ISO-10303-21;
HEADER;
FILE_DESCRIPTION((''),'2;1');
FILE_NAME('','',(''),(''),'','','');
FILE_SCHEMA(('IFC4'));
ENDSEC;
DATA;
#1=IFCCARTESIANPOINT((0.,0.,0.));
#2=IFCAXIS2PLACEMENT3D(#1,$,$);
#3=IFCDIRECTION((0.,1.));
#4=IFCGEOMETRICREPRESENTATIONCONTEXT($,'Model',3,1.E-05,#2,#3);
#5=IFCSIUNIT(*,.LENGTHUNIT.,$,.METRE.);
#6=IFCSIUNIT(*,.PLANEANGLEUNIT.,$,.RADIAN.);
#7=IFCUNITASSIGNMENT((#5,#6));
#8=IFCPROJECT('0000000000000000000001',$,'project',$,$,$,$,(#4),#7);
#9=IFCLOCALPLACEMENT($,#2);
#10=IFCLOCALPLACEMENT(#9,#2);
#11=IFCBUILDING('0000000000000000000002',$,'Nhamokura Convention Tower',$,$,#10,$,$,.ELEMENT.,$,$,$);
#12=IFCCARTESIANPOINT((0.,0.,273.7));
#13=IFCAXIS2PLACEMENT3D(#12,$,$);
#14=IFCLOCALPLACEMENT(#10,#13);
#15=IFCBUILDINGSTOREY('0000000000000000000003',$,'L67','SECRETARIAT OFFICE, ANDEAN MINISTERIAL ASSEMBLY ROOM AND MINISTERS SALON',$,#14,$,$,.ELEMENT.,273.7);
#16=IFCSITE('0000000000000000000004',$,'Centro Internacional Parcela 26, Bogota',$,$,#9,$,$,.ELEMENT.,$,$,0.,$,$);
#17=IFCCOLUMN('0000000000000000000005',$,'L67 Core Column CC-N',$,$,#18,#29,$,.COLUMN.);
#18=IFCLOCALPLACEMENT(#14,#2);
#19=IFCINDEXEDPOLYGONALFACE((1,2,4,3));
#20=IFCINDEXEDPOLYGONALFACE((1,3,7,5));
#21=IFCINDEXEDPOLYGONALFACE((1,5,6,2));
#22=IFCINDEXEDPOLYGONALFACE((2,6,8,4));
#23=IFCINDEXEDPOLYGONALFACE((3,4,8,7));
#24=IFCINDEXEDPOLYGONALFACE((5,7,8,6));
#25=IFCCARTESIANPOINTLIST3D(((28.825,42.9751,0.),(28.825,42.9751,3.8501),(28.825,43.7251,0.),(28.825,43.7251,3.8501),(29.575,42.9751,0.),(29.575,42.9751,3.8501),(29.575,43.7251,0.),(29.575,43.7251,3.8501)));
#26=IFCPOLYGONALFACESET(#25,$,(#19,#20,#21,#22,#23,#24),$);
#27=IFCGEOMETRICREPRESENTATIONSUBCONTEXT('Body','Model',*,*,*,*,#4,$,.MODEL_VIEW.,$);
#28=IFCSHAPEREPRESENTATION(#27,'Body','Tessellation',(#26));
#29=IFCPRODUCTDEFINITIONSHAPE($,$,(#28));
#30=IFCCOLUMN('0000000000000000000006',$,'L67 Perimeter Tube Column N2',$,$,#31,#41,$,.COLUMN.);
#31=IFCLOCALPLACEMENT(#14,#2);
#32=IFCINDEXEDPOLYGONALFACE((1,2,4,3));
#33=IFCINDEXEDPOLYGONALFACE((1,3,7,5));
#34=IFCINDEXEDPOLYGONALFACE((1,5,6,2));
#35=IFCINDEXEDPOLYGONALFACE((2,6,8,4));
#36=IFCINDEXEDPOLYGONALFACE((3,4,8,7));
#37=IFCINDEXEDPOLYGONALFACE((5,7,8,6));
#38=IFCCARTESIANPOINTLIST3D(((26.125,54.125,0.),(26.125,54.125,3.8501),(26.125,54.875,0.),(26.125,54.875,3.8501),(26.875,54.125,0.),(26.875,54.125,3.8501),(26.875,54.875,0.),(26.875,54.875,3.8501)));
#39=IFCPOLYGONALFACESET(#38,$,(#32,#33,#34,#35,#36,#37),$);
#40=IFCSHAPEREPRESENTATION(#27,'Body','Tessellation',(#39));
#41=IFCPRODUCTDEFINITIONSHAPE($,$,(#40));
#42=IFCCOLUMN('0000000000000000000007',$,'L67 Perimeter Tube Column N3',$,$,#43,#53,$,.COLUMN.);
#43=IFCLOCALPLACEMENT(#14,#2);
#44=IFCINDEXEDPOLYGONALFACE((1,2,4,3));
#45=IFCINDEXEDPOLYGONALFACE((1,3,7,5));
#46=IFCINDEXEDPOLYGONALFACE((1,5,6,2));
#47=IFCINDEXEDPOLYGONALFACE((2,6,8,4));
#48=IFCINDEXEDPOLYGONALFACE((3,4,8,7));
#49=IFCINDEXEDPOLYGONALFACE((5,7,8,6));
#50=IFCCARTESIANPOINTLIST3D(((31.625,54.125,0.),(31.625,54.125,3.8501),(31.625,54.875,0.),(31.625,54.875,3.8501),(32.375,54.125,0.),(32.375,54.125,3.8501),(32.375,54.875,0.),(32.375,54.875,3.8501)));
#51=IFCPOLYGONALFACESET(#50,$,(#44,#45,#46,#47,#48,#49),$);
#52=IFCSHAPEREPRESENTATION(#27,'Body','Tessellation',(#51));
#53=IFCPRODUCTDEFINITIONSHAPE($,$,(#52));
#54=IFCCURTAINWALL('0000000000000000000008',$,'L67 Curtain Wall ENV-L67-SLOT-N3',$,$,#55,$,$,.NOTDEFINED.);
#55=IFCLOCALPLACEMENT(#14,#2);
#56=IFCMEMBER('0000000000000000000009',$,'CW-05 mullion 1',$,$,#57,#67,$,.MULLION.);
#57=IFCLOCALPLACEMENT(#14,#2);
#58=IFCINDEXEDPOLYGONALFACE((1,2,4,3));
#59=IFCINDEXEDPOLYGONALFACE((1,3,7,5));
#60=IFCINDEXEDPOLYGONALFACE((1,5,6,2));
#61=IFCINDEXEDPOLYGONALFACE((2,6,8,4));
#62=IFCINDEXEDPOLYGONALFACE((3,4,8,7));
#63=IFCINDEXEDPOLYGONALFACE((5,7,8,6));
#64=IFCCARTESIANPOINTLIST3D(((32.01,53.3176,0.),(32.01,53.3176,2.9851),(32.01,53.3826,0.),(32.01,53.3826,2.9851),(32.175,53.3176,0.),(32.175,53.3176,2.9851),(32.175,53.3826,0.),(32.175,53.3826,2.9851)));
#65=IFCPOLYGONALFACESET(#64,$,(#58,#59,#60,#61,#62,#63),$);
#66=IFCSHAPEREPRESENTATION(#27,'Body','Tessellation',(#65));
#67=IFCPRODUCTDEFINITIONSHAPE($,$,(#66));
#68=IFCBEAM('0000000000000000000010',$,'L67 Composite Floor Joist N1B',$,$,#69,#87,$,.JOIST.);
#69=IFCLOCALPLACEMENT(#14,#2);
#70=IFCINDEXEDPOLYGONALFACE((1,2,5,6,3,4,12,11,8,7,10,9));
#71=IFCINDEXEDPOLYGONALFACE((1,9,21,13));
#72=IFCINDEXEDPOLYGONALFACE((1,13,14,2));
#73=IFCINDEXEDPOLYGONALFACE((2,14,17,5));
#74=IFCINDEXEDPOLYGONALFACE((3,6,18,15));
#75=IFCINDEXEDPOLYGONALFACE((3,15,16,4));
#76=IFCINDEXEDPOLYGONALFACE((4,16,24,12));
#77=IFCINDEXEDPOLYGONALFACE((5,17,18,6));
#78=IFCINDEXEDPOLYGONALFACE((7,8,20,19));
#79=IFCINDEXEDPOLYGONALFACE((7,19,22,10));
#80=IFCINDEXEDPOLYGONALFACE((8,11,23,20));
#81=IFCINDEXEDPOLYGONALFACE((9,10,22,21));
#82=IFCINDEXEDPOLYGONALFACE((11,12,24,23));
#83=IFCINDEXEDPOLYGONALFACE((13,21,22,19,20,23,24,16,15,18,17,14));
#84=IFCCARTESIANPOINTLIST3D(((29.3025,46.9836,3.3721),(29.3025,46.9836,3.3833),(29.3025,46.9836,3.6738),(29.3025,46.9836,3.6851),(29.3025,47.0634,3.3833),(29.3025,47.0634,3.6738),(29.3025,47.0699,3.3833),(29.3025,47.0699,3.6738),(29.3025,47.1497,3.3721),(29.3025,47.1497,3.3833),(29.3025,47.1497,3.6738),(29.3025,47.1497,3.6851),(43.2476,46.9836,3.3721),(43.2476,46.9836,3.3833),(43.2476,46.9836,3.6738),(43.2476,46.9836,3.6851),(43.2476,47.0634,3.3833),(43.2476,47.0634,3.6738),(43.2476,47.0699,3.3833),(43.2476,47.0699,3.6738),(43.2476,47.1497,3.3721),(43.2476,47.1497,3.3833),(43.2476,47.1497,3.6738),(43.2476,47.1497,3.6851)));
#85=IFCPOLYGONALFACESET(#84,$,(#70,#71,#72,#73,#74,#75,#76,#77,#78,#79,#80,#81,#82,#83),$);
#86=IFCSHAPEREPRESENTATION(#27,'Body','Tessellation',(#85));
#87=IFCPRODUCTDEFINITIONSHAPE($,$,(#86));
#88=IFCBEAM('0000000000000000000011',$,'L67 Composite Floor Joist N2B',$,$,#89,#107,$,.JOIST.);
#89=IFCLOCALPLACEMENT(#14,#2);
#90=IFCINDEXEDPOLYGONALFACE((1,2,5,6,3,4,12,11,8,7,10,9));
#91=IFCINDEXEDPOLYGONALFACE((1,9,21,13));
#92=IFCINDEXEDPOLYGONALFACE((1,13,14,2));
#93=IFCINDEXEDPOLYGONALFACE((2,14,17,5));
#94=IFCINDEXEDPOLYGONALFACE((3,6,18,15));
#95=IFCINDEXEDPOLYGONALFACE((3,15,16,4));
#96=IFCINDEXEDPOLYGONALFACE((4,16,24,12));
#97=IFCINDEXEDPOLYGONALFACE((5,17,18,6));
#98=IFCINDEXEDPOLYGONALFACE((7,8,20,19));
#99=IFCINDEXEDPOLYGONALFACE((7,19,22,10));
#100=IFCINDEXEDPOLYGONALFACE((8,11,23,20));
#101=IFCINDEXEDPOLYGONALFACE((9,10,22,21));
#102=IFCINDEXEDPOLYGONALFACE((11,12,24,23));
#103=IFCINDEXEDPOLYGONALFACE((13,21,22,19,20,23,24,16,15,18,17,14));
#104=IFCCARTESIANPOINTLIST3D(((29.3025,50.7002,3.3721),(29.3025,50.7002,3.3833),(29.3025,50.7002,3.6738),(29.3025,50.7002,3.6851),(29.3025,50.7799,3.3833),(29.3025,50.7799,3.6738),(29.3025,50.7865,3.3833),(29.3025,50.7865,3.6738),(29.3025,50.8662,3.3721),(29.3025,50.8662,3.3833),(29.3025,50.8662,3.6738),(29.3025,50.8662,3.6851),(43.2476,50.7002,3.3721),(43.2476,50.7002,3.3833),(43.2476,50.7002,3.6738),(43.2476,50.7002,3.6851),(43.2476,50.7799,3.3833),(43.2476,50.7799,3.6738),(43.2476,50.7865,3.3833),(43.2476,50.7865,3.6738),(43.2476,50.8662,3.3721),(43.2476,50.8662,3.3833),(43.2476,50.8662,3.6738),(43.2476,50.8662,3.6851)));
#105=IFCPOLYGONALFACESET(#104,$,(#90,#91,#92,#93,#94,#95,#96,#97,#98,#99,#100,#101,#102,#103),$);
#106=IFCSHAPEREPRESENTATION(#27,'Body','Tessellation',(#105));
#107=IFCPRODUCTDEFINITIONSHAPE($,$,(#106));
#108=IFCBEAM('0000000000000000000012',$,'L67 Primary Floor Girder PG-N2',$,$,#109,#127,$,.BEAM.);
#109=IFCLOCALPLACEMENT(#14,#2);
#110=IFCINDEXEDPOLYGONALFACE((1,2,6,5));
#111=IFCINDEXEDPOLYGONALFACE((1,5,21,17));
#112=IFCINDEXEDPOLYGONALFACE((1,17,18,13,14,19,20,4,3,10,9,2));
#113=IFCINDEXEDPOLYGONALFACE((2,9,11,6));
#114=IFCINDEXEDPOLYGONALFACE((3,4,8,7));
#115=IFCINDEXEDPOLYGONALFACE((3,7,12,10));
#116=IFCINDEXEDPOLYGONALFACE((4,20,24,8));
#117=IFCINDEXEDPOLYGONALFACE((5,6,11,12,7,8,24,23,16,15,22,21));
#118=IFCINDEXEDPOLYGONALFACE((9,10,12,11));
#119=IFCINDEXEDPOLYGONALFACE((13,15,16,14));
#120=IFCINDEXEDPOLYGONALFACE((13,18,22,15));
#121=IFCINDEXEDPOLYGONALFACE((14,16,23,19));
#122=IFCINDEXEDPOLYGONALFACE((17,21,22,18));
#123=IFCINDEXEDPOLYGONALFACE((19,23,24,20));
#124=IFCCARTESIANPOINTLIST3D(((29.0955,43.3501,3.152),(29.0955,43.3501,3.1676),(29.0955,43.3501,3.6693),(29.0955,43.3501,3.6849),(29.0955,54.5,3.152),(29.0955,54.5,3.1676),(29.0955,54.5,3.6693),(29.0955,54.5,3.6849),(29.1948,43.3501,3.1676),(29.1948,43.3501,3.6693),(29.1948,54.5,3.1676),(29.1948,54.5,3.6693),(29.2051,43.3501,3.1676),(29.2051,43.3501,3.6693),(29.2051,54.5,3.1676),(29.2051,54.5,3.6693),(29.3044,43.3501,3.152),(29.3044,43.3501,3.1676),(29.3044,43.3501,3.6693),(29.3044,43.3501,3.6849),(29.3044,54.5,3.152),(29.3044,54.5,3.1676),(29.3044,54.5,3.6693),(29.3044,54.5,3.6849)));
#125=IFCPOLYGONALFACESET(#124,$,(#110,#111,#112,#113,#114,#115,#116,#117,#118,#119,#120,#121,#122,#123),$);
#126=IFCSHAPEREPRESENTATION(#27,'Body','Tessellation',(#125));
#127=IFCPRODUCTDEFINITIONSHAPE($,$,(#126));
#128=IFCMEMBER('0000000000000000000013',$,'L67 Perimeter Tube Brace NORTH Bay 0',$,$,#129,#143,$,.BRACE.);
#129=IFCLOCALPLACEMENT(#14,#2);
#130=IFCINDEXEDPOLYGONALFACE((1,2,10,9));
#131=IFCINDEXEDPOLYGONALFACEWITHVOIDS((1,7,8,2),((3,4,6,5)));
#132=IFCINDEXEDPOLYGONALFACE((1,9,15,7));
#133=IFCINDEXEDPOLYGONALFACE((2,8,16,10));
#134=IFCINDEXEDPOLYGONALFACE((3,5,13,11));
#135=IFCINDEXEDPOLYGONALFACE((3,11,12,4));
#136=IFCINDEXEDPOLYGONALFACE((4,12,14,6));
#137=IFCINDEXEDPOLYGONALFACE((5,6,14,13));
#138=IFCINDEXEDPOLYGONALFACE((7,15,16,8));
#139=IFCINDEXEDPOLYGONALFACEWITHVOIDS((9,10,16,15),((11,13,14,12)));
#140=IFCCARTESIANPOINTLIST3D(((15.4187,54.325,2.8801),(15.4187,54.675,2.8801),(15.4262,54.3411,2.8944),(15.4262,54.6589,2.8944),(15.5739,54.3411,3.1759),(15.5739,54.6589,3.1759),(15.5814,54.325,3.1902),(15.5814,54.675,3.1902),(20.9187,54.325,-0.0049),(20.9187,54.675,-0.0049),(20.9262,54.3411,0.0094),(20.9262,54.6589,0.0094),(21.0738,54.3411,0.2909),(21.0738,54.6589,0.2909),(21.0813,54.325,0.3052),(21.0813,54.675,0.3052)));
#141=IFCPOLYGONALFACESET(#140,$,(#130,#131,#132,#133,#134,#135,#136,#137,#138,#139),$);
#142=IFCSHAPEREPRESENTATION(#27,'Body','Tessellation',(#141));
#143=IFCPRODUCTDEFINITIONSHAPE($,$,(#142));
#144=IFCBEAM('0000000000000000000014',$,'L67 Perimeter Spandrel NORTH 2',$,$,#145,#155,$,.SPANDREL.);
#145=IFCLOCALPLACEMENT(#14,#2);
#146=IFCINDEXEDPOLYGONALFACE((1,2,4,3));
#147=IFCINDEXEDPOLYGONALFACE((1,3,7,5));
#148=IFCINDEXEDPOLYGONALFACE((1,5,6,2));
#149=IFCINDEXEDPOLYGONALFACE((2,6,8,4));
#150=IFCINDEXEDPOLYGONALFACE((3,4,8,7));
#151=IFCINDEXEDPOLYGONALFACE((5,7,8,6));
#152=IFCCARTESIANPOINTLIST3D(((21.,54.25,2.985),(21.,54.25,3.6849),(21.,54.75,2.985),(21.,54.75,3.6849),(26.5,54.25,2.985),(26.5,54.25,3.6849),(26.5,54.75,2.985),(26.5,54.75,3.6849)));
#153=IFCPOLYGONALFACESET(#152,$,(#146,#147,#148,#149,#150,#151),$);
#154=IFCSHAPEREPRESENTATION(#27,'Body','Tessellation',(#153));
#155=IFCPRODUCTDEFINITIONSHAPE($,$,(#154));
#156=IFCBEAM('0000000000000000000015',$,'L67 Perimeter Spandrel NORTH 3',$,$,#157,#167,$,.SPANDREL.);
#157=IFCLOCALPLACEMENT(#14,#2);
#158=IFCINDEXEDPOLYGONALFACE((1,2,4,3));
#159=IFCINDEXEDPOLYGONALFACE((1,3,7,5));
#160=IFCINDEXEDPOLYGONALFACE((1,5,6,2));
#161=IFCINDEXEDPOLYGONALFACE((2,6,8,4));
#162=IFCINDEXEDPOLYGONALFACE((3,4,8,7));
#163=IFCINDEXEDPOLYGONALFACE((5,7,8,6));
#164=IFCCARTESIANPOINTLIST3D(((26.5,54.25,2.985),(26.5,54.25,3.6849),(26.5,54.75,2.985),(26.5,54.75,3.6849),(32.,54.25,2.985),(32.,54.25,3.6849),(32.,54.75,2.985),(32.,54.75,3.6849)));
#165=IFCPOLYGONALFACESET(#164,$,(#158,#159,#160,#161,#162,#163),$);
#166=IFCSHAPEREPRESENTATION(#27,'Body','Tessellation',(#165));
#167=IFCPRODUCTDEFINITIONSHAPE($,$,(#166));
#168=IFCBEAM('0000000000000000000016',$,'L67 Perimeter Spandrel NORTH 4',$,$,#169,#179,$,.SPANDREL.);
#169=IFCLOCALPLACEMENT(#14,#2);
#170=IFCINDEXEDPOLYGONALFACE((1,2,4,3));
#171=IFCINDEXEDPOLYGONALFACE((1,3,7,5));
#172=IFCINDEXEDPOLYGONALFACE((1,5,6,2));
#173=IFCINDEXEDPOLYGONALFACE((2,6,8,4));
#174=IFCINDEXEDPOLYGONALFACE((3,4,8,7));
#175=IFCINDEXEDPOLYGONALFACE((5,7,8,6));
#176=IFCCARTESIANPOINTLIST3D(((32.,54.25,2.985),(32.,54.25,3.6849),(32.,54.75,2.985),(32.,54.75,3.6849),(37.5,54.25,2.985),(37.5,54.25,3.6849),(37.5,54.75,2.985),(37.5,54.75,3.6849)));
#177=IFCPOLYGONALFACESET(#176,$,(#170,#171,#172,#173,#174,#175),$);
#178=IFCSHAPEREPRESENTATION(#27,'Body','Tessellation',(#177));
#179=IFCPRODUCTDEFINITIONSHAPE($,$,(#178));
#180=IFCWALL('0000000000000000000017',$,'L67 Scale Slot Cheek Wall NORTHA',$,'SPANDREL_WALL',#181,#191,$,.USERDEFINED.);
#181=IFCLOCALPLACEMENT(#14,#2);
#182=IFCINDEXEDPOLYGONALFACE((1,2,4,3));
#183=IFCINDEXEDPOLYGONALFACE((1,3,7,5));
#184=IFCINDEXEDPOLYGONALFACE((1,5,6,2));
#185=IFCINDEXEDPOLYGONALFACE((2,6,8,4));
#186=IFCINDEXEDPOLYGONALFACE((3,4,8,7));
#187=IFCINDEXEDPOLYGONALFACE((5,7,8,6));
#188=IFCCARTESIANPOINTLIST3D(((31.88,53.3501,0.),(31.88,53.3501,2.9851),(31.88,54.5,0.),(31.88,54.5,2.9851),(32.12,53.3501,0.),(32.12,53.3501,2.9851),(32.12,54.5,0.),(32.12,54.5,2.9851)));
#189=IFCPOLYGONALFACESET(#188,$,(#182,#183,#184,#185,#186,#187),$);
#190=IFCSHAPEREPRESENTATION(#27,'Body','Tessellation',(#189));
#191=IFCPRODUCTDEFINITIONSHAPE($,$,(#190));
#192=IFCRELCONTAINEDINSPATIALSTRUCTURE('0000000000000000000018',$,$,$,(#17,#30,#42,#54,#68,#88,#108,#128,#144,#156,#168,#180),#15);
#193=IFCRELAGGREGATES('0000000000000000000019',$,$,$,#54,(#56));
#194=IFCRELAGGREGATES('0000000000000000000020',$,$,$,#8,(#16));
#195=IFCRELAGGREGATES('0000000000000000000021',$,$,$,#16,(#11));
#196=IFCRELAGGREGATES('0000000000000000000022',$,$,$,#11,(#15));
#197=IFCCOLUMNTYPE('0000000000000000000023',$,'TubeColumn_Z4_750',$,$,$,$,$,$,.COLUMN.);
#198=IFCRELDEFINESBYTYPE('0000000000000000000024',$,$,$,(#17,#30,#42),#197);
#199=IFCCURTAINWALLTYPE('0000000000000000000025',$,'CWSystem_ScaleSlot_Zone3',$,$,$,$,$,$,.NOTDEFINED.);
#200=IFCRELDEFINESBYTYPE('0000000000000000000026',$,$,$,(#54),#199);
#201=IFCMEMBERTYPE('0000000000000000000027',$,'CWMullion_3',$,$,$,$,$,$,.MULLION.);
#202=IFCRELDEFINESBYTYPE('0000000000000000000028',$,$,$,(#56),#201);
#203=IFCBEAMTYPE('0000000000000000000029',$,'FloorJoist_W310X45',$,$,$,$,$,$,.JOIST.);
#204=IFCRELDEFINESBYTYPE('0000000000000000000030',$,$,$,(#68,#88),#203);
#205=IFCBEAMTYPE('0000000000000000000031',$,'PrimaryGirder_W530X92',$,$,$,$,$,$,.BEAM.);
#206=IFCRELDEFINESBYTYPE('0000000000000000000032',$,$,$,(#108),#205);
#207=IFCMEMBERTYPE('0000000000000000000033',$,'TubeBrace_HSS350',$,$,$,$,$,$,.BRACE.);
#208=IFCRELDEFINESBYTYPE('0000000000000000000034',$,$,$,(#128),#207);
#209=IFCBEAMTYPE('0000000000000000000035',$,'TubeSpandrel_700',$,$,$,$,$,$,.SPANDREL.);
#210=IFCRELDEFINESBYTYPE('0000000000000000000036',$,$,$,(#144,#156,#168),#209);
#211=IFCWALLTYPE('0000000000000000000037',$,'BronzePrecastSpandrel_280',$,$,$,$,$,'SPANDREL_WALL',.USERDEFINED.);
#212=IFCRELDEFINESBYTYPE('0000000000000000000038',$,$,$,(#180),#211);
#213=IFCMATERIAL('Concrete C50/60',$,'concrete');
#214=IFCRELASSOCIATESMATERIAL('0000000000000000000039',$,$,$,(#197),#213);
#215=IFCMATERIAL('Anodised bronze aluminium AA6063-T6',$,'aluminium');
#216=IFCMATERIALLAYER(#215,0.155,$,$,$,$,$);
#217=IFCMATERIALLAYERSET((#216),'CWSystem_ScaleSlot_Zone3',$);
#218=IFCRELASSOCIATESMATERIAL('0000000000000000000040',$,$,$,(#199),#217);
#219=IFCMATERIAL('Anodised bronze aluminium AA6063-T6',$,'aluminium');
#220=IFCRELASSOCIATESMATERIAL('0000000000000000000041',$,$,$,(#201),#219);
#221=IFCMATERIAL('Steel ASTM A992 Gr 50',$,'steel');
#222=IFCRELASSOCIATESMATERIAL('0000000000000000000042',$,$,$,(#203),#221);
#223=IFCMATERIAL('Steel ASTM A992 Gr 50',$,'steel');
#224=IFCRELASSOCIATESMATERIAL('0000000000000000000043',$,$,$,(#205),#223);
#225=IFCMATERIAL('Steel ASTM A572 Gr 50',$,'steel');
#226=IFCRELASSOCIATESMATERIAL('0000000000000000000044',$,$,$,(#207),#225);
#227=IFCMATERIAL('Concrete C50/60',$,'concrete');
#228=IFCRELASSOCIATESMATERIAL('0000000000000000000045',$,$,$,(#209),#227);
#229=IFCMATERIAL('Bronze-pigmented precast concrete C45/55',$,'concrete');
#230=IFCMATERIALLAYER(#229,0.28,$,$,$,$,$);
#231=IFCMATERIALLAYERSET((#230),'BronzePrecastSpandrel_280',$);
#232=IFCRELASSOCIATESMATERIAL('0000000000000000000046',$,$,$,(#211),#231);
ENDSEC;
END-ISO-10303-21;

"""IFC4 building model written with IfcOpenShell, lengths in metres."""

from ifc_helpers import new_model, si_unit, direction, frame, frame_2d, origin, origin_2d, place, context, subcontext, project, spatial, rectangle, hollow_rectangle, i_section, extrude, material, layer, layer_set, material_profile, profile_set, type_object, element, aggregate, save


model = new_model("IFC4")

# Units and contexts
model_context = context("Model", 3, precision=1e-05, world=origin(), true_north=direction((0.0, 1.0)))
body_context = subcontext(model_context, "Body", "Model", "MODEL_VIEW")
ifc_project = project(units=[si_unit("LENGTHUNIT", "METRE"), si_unit("PLANEANGLEUNIT", "RADIAN")], contexts=[model_context])

# Site, building, storey
site_placement = place(None, origin())
site = spatial("IfcSite", under=ifc_project, at=site_placement, Name="Centro Internacional Parcela 26, Bogota", CompositionType="ELEMENT", RefElevation=0.0)
building_placement = place(site_placement, origin())
building = spatial("IfcBuilding", under=site, at=building_placement, Name="Nhamokura Convention Tower", CompositionType="ELEMENT")
storey_placement = place(building_placement, frame((0.0, 0.0, 273.7)))
storey = spatial("IfcBuildingStorey", under=building, at=storey_placement, Name="L67", Description="SECRETARIAT OFFICE, ANDEAN MINISTERIAL ASSEMBLY ROOM AND MINISTERS SALON", CompositionType="ELEMENT", Elevation=273.7)

# Columns
ifc_material_1 = material(Name="Concrete C50/60", Category="concrete")
ifc_material_profile_1 = material_profile(ifc_material_1, rectangle(XDim=0.75, YDim=0.75, at=origin_2d()))
ifc_profile_set_1 = profile_set([ifc_material_profile_1], Name="Concrete C50/60")
column_type = type_object("IfcColumnType", Name="TubeColumn_Z4_750", PredefinedType="COLUMN", material=ifc_profile_set_1)
for number, where, z_axis, x_axis, name in (
    (1, (29.2, 43.3501, 0.0), (0.0, 0.0, 1.0), (1.0, 0.0, 0.0), "L67 Core Column CC-N"),
    (2, (26.5, 54.5, 0.0), (0.0, 0.0, 1.0), (1.0, 0.0, 0.0), "L67 Perimeter Tube Column N2"),
    (3, (32.0, 54.5, 0.0), (0.0, 0.0, 1.0), (1.0, 0.0, 0.0), "L67 Perimeter Tube Column N3"),
):
    element("IfcColumn", number, at=place(storey_placement, frame(where, z_axis=z_axis, x_axis=x_axis)), inside=storey, type_object=column_type, Name=name, PredefinedType="COLUMN", context=body_context, shape_type="SweptSolid", body=[
        extrude(rectangle(XDim=0.75, YDim=0.75, at=origin_2d()), origin(), (0.0, 0.0, 1.0), 3.8501),
    ])

# Curtain wall, member
ifc_material_2 = material(Name="Anodised bronze aluminium AA6063-T6", Category="aluminium")
ifc_layer_1 = layer(ifc_material_2, 0.155)
ifc_layer_set_1 = layer_set([ifc_layer_1], Name="CWSystem_ScaleSlot_Zone3")
curtain_wall_type = type_object("IfcCurtainWallType", Name="CWSystem_ScaleSlot_Zone3", PredefinedType="NOTDEFINED", material=ifc_layer_set_1)
curtain_wall_placement = place(storey_placement, origin())
curtain_wall = element("IfcCurtainWall", 4, at=curtain_wall_placement, inside=storey, type_object=curtain_wall_type, Name="L67 Curtain Wall ENV-L67-SLOT-N3", PredefinedType="NOTDEFINED")
ifc_material_3 = material(Name="Anodised bronze aluminium AA6063-T6", Category="aluminium")
ifc_material_profile_2 = material_profile(ifc_material_3, rectangle(XDim=0.0649, YDim=0.165, at=origin_2d()))
ifc_profile_set_2 = profile_set([ifc_material_profile_2], Name="Anodised bronze aluminium AA6063-T6")
member_type_1 = type_object("IfcMemberType", Name="CWMullion_3", PredefinedType="MULLION", material=ifc_profile_set_2)
member_1_placement = place(storey_placement, frame((32.0925, 53.3501, 0.0), z_axis=(0.0, 0.0, 1.0), x_axis=(0.0, 1.0, 0.0)))
member_1 = element("IfcMember", 5, at=member_1_placement, type_object=member_type_1, Name="CW-05 mullion 1", PredefinedType="MULLION", context=body_context, shape_type="SweptSolid", body=[
    extrude(rectangle(XDim=0.0649, YDim=0.165, at=origin_2d()), origin(), (0.0, 0.0, 1.0), 2.9851),
])
aggregate(curtain_wall, [member_1])

# Beams
ifc_material_4 = material(Name="Steel ASTM A992 Gr 50", Category="steel")
ifc_material_profile_3 = material_profile(ifc_material_4, i_section(OverallWidth=0.166, OverallDepth=0.313, WebThickness=0.0066, FlangeThickness=0.0112, at=origin_2d()))
ifc_profile_set_3 = profile_set([ifc_material_profile_3], Name="Steel ASTM A992 Gr 50")
beam_type_1 = type_object("IfcBeamType", Name="FloorJoist_W310X45", PredefinedType="JOIST", material=ifc_profile_set_3)
for number, where, z_axis, x_axis, name in (
    (6, (29.3025, 47.0667, 3.5286), (1.0, 0.0, 0.0), (0.0, 1.0, 0.0), "L67 Composite Floor Joist N1B"),
    (7, (29.3025, 50.7832, 3.5286), (1.0, 0.0, 0.0), (0.0, 1.0, 0.0), "L67 Composite Floor Joist N2B"),
):
    element("IfcBeam", number, at=place(storey_placement, frame(where, z_axis=z_axis, x_axis=x_axis)), inside=storey, type_object=beam_type_1, Name=name, PredefinedType="JOIST", context=body_context, shape_type="SweptSolid", body=[
        extrude(i_section(OverallWidth=0.166, OverallDepth=0.313, WebThickness=0.0066, FlangeThickness=0.0112, at=origin_2d()), origin(), (0.0, 0.0, 1.0), 13.9451),
    ])
ifc_material_5 = material(Name="Steel ASTM A992 Gr 50", Category="steel")
ifc_material_profile_4 = material_profile(ifc_material_5, i_section(OverallWidth=0.209, OverallDepth=0.533, WebThickness=0.0103, FlangeThickness=0.0156, at=origin_2d()))
ifc_profile_set_4 = profile_set([ifc_material_profile_4], Name="Steel ASTM A992 Gr 50")
beam_type_2 = type_object("IfcBeamType", Name="PrimaryGirder_W530X92", PredefinedType="BEAM", material=ifc_profile_set_4)
beam_placement = place(storey_placement, frame((29.2, 43.3501, 3.4185), z_axis=(0.0, 1.0, 0.0), x_axis=(-1.0, 0.0, 0.0)))
element("IfcBeam", 8, at=beam_placement, inside=storey, type_object=beam_type_2, Name="L67 Primary Floor Girder PG-N2", PredefinedType="BEAM", context=body_context, shape_type="SweptSolid", body=[
    extrude(i_section(OverallWidth=0.209, OverallDepth=0.533, WebThickness=0.0103, FlangeThickness=0.0156, at=origin_2d()), origin(), (0.0, 0.0, 1.0), 11.1499),
])

# Member
ifc_material_6 = material(Name="Steel ASTM A572 Gr 50", Category="steel")
ifc_material_profile_5 = material_profile(ifc_material_6, hollow_rectangle(XDim=0.3501, YDim=0.3501, WallThickness=0.0161, at=origin_2d()))
ifc_profile_set_5 = profile_set([ifc_material_profile_5], Name="Steel ASTM A572 Gr 50")
member_type_2 = type_object("IfcMemberType", Name="TubeBrace_HSS350", PredefinedType="BRACE", material=ifc_profile_set_5)
member_2_placement = place(storey_placement, frame((21.0, 54.5, 0.1501), z_axis=(-0.885563, 0.0, 0.46452), x_axis=(0.0, -1.0, 0.0)))
element("IfcMember", 9, at=member_2_placement, inside=storey, type_object=member_type_2, Name="L67 Perimeter Tube Brace NORTH Bay 0", PredefinedType="BRACE", context=body_context, shape_type="SweptSolid", body=[
    extrude(hollow_rectangle(XDim=0.3501, YDim=0.3501, WallThickness=0.0161, at=origin_2d()), origin(), (0.0, 0.0, 1.0), 6.2107),
])

# Beams
ifc_material_7 = material(Name="Concrete C50/60", Category="concrete")
ifc_material_profile_6 = material_profile(ifc_material_7, rectangle(XDim=0.5, YDim=0.7, at=origin_2d()))
ifc_profile_set_6 = profile_set([ifc_material_profile_6], Name="Concrete C50/60")
beam_type_3 = type_object("IfcBeamType", Name="TubeSpandrel_700", PredefinedType="SPANDREL", material=ifc_profile_set_6)
for number, where, z_axis, x_axis, name in (
    (10, (21.0, 54.5, 3.335), (1.0, 0.0, 0.0), (0.0, 1.0, 0.0), "L67 Perimeter Spandrel NORTH 2"),
    (11, (26.5, 54.5, 3.335), (1.0, 0.0, 0.0), (0.0, 1.0, 0.0), "L67 Perimeter Spandrel NORTH 3"),
    (12, (32.0, 54.5, 3.335), (1.0, 0.0, 0.0), (0.0, 1.0, 0.0), "L67 Perimeter Spandrel NORTH 4"),
):
    element("IfcBeam", number, at=place(storey_placement, frame(where, z_axis=z_axis, x_axis=x_axis)), inside=storey, type_object=beam_type_3, Name=name, PredefinedType="SPANDREL", context=body_context, shape_type="SweptSolid", body=[
        extrude(rectangle(XDim=0.5, YDim=0.7, at=origin_2d()), origin(), (0.0, 0.0, 1.0), 5.5),
    ])

# Wall
ifc_material_8 = material(Name="Bronze-pigmented precast concrete C45/55", Category="concrete")
ifc_layer_2 = layer(ifc_material_8, 0.28)
ifc_layer_set_2 = layer_set([ifc_layer_2], Name="BronzePrecastSpandrel_280")
wall_type_1 = type_object("IfcWallType", Name="BronzePrecastSpandrel_280", ElementType="SPANDREL_WALL", PredefinedType="USERDEFINED", material=ifc_layer_set_2)
wall_1_placement = place(storey_placement, frame((32.0, 54.5, 0.0), z_axis=(0.0, 0.0, 1.0), x_axis=(0.0, -1.0, 0.0)))
element("IfcWall", 13, at=wall_1_placement, inside=storey, type_object=wall_type_1, Name="L67 Scale Slot Cheek Wall NORTHA", ObjectType="SPANDREL_WALL", PredefinedType="USERDEFINED", context=body_context, shape_type="SweptSolid", body=[
    extrude(rectangle(XDim=1.1499, YDim=0.24, at=frame_2d((0.575, 0.0))), origin(), (0.0, 0.0, 1.0), 2.9851),
])

save(model, "model.ifc")
